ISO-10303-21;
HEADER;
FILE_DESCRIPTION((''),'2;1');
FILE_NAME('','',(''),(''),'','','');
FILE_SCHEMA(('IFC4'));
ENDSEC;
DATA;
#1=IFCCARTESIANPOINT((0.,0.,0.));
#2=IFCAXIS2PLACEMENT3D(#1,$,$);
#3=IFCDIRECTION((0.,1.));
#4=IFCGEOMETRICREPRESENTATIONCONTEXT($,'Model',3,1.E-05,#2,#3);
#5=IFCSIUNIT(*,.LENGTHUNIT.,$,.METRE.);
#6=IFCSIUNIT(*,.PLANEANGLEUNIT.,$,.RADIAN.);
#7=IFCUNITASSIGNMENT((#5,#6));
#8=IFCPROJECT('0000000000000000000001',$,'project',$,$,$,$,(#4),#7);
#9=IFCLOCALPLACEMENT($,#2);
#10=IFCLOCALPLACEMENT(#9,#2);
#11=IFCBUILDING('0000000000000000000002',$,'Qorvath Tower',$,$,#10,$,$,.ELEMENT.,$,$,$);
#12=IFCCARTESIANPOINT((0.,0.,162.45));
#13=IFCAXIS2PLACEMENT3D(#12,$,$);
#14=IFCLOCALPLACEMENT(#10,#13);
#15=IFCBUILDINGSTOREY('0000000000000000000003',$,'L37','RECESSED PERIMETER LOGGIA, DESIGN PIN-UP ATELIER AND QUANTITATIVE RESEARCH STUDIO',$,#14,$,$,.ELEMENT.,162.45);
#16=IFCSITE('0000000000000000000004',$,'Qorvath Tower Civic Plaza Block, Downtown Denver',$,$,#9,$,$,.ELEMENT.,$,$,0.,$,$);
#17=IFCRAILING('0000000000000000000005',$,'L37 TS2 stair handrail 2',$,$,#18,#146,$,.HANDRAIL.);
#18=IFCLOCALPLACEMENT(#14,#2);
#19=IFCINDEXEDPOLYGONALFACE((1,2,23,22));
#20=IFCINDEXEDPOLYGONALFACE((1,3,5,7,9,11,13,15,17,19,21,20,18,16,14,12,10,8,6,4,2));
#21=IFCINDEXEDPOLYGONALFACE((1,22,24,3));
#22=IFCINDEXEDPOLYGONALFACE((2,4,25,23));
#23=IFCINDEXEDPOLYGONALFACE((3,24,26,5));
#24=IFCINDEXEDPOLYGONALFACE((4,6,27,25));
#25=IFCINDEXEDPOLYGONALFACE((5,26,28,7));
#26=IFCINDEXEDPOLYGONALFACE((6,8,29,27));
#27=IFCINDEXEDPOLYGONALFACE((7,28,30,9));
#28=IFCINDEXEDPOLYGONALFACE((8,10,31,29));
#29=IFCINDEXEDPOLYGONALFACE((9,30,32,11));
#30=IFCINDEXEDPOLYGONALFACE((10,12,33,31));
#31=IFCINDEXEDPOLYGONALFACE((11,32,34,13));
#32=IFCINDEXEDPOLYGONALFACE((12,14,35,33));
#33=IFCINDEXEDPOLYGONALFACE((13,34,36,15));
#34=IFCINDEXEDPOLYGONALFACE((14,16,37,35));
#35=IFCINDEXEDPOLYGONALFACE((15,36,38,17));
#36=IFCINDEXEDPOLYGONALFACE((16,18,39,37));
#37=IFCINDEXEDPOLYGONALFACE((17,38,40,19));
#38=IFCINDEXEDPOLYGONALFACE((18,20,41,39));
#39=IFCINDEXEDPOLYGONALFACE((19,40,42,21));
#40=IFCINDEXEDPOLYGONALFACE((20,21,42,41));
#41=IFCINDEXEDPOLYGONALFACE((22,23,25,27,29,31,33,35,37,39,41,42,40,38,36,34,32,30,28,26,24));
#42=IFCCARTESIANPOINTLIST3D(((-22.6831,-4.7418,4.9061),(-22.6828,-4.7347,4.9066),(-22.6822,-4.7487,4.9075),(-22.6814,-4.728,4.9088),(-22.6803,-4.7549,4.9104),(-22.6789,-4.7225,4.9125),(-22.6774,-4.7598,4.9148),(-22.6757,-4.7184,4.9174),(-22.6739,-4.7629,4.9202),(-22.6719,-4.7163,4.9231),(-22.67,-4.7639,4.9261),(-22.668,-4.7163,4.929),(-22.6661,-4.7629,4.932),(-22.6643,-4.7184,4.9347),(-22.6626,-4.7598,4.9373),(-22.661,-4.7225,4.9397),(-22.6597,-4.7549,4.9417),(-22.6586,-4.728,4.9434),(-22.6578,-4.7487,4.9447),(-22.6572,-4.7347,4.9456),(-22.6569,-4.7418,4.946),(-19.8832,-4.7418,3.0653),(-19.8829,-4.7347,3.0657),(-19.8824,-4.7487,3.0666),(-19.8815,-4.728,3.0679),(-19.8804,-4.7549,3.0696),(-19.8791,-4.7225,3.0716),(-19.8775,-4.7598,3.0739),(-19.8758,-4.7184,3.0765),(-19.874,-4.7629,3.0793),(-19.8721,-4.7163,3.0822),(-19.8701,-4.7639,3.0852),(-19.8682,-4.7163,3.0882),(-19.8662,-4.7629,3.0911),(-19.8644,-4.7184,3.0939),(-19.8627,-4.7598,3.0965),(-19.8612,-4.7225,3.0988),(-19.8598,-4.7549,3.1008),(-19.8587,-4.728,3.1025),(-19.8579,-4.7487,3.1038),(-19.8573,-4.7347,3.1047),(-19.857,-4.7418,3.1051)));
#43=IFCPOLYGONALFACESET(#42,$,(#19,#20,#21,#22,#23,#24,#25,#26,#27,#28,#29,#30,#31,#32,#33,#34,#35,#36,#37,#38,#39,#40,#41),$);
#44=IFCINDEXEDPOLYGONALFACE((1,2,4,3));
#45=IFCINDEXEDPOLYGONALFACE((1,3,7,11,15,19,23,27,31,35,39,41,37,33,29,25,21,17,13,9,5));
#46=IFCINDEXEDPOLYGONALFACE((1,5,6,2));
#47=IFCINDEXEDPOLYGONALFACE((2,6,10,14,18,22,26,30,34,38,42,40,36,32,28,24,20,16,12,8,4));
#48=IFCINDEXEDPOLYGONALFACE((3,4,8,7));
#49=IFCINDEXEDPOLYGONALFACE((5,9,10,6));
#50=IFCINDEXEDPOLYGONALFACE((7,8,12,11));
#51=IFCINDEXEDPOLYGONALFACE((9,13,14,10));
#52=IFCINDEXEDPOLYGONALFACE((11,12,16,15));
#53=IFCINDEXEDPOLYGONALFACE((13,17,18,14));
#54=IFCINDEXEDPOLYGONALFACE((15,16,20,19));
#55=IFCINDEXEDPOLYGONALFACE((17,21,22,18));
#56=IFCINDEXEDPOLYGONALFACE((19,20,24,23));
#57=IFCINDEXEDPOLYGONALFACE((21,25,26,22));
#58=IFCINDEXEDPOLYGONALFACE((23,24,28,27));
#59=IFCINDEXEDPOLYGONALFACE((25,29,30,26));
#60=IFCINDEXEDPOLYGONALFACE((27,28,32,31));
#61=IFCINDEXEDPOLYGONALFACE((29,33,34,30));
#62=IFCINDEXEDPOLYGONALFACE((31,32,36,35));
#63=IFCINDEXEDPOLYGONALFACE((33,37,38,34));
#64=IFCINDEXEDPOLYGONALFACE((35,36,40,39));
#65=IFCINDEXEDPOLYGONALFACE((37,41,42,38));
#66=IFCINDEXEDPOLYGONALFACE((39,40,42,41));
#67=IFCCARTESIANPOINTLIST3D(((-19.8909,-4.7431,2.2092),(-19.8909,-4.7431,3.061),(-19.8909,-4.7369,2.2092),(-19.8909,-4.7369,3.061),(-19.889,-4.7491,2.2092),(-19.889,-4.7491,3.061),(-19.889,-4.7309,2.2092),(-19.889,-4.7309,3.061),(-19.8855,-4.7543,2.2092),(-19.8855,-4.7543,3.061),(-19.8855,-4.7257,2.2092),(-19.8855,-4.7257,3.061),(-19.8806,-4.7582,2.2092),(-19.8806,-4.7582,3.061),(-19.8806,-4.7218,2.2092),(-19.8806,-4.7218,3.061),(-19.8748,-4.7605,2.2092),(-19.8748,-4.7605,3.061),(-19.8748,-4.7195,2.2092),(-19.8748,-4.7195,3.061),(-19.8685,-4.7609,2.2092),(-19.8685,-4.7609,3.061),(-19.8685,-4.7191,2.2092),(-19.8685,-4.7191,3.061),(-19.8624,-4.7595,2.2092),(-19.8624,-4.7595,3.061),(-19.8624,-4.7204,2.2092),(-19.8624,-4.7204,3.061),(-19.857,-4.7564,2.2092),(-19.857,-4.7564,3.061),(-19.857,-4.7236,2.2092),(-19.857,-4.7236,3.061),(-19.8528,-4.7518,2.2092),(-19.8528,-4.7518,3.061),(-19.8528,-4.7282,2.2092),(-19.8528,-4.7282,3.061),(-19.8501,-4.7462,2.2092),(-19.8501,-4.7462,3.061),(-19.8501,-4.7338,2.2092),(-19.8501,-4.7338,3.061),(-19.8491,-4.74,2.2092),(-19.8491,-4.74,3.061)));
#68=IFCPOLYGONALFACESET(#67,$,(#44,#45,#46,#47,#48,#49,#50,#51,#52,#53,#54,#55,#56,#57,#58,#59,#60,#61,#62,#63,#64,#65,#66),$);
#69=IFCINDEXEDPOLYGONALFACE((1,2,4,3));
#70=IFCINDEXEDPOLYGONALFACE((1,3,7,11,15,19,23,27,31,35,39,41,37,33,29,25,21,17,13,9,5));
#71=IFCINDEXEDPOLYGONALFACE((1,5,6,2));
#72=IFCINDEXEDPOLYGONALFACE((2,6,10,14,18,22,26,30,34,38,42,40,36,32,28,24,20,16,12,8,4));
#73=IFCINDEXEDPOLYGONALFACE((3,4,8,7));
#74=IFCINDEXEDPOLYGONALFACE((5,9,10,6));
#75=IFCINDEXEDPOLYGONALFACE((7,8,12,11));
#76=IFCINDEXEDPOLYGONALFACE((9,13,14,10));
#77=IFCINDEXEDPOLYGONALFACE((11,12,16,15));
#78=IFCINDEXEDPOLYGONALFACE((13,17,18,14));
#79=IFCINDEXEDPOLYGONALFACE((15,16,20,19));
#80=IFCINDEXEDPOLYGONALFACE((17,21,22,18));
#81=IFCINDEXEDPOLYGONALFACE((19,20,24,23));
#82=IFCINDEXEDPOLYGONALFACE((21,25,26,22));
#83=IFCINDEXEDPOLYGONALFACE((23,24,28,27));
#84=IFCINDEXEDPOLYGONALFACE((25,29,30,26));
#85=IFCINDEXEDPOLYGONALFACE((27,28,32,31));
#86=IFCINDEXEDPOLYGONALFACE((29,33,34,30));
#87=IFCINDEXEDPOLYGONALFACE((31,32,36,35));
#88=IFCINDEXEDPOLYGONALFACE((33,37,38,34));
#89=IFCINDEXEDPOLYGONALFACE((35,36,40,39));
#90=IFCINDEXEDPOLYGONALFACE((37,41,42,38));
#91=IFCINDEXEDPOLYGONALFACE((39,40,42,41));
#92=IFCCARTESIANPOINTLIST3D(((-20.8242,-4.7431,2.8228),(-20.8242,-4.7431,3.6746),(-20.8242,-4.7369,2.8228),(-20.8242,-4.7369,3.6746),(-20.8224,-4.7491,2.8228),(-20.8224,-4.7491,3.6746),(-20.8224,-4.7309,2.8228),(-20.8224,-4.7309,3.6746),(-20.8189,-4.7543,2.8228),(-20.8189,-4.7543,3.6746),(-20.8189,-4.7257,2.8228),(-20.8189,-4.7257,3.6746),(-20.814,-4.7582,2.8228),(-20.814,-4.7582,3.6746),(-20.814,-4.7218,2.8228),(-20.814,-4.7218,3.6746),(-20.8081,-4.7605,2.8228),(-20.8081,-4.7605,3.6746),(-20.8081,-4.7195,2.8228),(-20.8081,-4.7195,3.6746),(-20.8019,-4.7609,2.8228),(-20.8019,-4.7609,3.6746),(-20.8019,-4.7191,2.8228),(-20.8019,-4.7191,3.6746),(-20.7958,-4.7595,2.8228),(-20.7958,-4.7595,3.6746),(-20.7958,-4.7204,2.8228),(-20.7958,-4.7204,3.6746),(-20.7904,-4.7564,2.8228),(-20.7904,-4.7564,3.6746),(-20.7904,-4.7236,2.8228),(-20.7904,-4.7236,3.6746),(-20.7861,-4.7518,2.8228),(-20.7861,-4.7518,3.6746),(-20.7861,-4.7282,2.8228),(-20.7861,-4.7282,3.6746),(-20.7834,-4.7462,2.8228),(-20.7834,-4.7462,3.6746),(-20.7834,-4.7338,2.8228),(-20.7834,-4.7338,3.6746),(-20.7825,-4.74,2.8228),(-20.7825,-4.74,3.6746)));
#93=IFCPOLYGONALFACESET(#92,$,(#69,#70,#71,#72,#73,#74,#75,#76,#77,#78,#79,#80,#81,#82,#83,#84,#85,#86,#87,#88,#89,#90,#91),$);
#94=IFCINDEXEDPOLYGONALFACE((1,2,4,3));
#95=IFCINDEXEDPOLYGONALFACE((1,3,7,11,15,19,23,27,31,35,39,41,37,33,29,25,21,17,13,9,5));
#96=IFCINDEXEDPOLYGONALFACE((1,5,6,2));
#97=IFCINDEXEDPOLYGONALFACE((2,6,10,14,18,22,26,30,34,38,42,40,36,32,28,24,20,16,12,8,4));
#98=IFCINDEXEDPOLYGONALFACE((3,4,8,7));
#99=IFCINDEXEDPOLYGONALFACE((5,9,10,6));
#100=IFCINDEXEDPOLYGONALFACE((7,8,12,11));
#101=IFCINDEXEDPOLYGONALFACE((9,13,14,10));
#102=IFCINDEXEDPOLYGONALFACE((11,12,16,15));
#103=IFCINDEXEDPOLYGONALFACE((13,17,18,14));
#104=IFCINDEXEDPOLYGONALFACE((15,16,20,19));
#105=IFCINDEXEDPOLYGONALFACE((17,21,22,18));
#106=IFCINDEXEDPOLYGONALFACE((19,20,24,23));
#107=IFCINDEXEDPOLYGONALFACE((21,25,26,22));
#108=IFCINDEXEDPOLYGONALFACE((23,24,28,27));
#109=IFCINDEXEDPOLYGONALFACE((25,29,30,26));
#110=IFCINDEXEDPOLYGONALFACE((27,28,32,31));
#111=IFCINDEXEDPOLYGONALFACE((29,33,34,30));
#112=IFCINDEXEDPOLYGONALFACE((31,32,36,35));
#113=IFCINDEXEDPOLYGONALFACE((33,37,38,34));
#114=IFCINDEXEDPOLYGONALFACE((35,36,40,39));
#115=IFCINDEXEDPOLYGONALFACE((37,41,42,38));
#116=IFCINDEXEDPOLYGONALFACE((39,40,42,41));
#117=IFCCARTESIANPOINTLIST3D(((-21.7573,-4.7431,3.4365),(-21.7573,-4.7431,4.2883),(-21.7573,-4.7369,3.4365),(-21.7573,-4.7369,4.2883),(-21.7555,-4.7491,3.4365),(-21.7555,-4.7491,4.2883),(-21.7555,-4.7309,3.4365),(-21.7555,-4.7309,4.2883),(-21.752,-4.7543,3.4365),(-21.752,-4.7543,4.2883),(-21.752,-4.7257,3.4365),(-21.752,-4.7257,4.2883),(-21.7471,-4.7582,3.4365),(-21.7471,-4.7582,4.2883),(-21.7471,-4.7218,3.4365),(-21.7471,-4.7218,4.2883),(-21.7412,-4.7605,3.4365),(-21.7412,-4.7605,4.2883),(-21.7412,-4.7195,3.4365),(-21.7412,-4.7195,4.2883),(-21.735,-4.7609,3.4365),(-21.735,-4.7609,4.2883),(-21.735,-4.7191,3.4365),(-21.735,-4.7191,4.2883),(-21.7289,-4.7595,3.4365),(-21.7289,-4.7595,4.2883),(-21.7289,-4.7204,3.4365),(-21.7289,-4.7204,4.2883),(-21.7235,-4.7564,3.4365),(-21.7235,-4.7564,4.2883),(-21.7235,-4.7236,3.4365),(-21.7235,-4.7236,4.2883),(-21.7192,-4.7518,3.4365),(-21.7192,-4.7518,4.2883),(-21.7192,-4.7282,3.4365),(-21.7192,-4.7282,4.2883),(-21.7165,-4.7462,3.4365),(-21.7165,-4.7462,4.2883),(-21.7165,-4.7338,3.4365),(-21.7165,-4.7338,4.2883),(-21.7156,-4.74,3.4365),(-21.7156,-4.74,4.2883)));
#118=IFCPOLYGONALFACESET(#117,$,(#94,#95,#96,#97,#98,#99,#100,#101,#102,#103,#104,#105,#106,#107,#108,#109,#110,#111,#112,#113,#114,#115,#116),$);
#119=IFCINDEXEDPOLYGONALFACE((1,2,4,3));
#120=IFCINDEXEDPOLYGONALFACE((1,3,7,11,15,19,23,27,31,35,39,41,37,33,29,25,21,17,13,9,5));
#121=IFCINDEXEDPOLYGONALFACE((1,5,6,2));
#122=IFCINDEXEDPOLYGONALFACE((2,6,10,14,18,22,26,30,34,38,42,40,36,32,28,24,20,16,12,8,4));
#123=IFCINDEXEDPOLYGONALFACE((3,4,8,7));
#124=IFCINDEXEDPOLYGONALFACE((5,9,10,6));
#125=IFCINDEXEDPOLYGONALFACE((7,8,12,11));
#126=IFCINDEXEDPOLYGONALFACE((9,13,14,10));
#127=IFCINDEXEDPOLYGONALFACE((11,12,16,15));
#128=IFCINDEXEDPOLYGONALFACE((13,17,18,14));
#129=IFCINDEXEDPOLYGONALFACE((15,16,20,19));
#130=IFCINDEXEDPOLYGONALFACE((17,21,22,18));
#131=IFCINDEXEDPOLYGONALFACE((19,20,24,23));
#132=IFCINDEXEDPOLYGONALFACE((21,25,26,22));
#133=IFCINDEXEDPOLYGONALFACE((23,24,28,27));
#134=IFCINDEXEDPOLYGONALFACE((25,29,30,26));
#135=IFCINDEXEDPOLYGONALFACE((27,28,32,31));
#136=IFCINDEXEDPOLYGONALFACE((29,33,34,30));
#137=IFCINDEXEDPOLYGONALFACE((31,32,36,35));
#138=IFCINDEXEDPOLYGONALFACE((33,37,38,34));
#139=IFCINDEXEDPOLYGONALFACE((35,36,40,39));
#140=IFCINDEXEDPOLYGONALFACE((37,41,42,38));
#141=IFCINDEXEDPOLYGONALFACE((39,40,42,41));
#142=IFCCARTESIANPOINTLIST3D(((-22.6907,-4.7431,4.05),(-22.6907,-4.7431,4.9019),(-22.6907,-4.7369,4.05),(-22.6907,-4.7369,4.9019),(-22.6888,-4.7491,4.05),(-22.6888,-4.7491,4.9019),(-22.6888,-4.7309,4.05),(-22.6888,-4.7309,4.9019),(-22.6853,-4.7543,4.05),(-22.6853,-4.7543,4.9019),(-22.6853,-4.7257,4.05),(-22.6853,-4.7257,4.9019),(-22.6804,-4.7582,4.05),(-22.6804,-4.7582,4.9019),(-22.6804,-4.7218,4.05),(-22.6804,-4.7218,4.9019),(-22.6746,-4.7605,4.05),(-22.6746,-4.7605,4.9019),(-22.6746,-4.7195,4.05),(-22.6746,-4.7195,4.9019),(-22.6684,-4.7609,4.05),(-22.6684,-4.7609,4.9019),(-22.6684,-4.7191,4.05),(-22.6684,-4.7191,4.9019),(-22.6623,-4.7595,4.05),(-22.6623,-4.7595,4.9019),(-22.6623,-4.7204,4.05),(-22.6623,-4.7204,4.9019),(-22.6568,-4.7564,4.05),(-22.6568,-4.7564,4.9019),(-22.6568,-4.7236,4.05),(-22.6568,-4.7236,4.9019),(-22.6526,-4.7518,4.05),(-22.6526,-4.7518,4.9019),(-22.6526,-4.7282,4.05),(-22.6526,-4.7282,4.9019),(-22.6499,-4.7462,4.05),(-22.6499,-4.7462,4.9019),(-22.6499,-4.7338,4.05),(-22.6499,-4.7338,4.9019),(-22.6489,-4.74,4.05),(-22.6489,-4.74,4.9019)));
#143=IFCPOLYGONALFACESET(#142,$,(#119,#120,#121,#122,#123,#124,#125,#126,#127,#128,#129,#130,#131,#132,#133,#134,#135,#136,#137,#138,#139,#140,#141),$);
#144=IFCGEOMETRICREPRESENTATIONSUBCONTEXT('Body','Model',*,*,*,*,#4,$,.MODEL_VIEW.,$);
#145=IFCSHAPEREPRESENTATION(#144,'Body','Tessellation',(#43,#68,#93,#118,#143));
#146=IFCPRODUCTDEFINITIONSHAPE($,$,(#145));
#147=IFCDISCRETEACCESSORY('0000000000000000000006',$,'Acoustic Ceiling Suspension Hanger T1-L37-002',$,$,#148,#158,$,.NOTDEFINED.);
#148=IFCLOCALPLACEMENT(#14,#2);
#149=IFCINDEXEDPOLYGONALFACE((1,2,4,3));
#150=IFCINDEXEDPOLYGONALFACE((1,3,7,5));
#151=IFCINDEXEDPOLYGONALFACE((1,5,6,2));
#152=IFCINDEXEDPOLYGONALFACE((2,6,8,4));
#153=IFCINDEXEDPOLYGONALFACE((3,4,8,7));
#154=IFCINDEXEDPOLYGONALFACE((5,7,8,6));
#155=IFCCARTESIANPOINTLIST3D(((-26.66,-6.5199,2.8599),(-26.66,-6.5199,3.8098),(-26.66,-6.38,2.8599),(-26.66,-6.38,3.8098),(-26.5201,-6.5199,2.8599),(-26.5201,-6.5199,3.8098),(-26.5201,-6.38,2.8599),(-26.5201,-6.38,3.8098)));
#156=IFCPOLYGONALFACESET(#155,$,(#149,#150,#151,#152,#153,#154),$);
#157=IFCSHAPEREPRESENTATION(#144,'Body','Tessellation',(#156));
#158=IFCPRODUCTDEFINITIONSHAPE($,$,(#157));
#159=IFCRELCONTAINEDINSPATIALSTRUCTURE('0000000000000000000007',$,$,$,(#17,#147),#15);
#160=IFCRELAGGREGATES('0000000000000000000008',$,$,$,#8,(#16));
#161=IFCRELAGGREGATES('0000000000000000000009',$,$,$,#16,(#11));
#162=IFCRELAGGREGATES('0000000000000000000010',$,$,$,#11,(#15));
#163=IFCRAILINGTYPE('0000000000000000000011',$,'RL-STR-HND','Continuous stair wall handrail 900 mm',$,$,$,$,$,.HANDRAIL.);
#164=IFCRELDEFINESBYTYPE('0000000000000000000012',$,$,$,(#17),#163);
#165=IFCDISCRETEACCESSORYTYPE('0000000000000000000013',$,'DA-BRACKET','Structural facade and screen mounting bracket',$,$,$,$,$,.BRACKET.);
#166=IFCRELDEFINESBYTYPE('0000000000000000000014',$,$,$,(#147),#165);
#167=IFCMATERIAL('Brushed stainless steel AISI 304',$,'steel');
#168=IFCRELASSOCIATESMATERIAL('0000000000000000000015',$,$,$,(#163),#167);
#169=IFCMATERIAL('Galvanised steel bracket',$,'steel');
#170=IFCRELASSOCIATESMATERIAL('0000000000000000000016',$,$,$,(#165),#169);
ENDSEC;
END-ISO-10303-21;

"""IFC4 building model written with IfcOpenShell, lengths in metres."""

from ifc_helpers import new_model, si_unit, direction, frame, origin, origin_2d, place, context, subcontext, project, spatial, rectangle, circle, extrude, material, type_object, element, save


model = new_model("IFC4")

# Units and contexts
model_context = context("Model", 3, precision=1e-05, world=origin(), true_north=direction((0.0, 1.0)))
body_context = subcontext(model_context, "Body", "Model", "MODEL_VIEW")
ifc_project = project(units=[si_unit("LENGTHUNIT", "METRE"), si_unit("PLANEANGLEUNIT", "RADIAN")], contexts=[model_context])

# Site, building, storey
site_placement = place(None, origin())
site = spatial("IfcSite", under=ifc_project, at=site_placement, Name="Qorvath Tower Civic Plaza Block, Downtown Denver", CompositionType="ELEMENT", RefElevation=0.0)
building_placement = place(site_placement, origin())
building = spatial("IfcBuilding", under=site, at=building_placement, Name="Qorvath Tower", CompositionType="ELEMENT")
storey_placement = place(building_placement, frame((0.0, 0.0, 162.45)))
storey = spatial("IfcBuildingStorey", under=building, at=storey_placement, Name="L37", Description="RECESSED PERIMETER LOGGIA, DESIGN PIN-UP ATELIER AND QUANTITATIVE RESEARCH STUDIO", CompositionType="ELEMENT", Elevation=162.45)

# Railing
ifc_material_1 = material(Name="Brushed stainless steel AISI 304", Category="steel")
railing_type_1 = type_object("IfcRailingType", Name="RL-STR-HND", Description="Continuous stair wall handrail 900 mm", PredefinedType="HANDRAIL", material=ifc_material_1)
railing_1_placement = place(storey_placement, frame((-19.8701, -4.74, 2.2092)))
element("IfcRailing", 1, at=railing_1_placement, inside=storey, type_object=railing_type_1, Name="L37 TS2 stair handrail 2", PredefinedType="HANDRAIL", context=body_context, shape_type="SweptSolid", body=[
    extrude(circle(Radius=0.0239, at=origin_2d()), frame((0.0, 0.0, 0.876), z_axis=(-0.835576, 0.0, 0.549376), x_axis=(0.0, -1.0, 0.0)), (0.0, 0.0, 1.0), 3.3508),
    extrude(circle(Radius=0.021, at=origin_2d()), origin(), (0.0, 0.0, 1.0), 0.8518),
    extrude(circle(Radius=0.021, at=origin_2d()), frame((-0.9333, 0.0, 0.6135)), (0.0, 0.0, 1.0), 0.8518),
    extrude(circle(Radius=0.021, at=origin_2d()), frame((-1.8665, 0.0, 1.2273)), (0.0, 0.0, 1.0), 0.8518),
    extrude(circle(Radius=0.021, at=origin_2d()), frame((-2.7998, 0.0, 1.8408)), (0.0, 0.0, 1.0), 0.8518),
])

# Discrete accessory
ifc_material_2 = material(Name="Galvanised steel bracket", Category="steel")
discrete_accessory_type = type_object("IfcDiscreteAccessoryType", Name="DA-BRACKET", Description="Structural facade and screen mounting bracket", PredefinedType="BRACKET", material=ifc_material_2)
discrete_accessory_placement = place(storey_placement, frame((-26.5901, -6.45, 2.8599), z_axis=(0.0, 0.0, 1.0), x_axis=(1.0, 0.0, 0.0)))
element("IfcDiscreteAccessory", 2, at=discrete_accessory_placement, inside=storey, type_object=discrete_accessory_type, Name="Acoustic Ceiling Suspension Hanger T1-L37-002", PredefinedType="NOTDEFINED", context=body_context, shape_type="SweptSolid", body=[
    extrude(rectangle(XDim=0.1399, YDim=0.1399, at=origin_2d()), origin(), (0.0, 0.0, 1.0), 0.95),
])

save(model, "model.ifc")
